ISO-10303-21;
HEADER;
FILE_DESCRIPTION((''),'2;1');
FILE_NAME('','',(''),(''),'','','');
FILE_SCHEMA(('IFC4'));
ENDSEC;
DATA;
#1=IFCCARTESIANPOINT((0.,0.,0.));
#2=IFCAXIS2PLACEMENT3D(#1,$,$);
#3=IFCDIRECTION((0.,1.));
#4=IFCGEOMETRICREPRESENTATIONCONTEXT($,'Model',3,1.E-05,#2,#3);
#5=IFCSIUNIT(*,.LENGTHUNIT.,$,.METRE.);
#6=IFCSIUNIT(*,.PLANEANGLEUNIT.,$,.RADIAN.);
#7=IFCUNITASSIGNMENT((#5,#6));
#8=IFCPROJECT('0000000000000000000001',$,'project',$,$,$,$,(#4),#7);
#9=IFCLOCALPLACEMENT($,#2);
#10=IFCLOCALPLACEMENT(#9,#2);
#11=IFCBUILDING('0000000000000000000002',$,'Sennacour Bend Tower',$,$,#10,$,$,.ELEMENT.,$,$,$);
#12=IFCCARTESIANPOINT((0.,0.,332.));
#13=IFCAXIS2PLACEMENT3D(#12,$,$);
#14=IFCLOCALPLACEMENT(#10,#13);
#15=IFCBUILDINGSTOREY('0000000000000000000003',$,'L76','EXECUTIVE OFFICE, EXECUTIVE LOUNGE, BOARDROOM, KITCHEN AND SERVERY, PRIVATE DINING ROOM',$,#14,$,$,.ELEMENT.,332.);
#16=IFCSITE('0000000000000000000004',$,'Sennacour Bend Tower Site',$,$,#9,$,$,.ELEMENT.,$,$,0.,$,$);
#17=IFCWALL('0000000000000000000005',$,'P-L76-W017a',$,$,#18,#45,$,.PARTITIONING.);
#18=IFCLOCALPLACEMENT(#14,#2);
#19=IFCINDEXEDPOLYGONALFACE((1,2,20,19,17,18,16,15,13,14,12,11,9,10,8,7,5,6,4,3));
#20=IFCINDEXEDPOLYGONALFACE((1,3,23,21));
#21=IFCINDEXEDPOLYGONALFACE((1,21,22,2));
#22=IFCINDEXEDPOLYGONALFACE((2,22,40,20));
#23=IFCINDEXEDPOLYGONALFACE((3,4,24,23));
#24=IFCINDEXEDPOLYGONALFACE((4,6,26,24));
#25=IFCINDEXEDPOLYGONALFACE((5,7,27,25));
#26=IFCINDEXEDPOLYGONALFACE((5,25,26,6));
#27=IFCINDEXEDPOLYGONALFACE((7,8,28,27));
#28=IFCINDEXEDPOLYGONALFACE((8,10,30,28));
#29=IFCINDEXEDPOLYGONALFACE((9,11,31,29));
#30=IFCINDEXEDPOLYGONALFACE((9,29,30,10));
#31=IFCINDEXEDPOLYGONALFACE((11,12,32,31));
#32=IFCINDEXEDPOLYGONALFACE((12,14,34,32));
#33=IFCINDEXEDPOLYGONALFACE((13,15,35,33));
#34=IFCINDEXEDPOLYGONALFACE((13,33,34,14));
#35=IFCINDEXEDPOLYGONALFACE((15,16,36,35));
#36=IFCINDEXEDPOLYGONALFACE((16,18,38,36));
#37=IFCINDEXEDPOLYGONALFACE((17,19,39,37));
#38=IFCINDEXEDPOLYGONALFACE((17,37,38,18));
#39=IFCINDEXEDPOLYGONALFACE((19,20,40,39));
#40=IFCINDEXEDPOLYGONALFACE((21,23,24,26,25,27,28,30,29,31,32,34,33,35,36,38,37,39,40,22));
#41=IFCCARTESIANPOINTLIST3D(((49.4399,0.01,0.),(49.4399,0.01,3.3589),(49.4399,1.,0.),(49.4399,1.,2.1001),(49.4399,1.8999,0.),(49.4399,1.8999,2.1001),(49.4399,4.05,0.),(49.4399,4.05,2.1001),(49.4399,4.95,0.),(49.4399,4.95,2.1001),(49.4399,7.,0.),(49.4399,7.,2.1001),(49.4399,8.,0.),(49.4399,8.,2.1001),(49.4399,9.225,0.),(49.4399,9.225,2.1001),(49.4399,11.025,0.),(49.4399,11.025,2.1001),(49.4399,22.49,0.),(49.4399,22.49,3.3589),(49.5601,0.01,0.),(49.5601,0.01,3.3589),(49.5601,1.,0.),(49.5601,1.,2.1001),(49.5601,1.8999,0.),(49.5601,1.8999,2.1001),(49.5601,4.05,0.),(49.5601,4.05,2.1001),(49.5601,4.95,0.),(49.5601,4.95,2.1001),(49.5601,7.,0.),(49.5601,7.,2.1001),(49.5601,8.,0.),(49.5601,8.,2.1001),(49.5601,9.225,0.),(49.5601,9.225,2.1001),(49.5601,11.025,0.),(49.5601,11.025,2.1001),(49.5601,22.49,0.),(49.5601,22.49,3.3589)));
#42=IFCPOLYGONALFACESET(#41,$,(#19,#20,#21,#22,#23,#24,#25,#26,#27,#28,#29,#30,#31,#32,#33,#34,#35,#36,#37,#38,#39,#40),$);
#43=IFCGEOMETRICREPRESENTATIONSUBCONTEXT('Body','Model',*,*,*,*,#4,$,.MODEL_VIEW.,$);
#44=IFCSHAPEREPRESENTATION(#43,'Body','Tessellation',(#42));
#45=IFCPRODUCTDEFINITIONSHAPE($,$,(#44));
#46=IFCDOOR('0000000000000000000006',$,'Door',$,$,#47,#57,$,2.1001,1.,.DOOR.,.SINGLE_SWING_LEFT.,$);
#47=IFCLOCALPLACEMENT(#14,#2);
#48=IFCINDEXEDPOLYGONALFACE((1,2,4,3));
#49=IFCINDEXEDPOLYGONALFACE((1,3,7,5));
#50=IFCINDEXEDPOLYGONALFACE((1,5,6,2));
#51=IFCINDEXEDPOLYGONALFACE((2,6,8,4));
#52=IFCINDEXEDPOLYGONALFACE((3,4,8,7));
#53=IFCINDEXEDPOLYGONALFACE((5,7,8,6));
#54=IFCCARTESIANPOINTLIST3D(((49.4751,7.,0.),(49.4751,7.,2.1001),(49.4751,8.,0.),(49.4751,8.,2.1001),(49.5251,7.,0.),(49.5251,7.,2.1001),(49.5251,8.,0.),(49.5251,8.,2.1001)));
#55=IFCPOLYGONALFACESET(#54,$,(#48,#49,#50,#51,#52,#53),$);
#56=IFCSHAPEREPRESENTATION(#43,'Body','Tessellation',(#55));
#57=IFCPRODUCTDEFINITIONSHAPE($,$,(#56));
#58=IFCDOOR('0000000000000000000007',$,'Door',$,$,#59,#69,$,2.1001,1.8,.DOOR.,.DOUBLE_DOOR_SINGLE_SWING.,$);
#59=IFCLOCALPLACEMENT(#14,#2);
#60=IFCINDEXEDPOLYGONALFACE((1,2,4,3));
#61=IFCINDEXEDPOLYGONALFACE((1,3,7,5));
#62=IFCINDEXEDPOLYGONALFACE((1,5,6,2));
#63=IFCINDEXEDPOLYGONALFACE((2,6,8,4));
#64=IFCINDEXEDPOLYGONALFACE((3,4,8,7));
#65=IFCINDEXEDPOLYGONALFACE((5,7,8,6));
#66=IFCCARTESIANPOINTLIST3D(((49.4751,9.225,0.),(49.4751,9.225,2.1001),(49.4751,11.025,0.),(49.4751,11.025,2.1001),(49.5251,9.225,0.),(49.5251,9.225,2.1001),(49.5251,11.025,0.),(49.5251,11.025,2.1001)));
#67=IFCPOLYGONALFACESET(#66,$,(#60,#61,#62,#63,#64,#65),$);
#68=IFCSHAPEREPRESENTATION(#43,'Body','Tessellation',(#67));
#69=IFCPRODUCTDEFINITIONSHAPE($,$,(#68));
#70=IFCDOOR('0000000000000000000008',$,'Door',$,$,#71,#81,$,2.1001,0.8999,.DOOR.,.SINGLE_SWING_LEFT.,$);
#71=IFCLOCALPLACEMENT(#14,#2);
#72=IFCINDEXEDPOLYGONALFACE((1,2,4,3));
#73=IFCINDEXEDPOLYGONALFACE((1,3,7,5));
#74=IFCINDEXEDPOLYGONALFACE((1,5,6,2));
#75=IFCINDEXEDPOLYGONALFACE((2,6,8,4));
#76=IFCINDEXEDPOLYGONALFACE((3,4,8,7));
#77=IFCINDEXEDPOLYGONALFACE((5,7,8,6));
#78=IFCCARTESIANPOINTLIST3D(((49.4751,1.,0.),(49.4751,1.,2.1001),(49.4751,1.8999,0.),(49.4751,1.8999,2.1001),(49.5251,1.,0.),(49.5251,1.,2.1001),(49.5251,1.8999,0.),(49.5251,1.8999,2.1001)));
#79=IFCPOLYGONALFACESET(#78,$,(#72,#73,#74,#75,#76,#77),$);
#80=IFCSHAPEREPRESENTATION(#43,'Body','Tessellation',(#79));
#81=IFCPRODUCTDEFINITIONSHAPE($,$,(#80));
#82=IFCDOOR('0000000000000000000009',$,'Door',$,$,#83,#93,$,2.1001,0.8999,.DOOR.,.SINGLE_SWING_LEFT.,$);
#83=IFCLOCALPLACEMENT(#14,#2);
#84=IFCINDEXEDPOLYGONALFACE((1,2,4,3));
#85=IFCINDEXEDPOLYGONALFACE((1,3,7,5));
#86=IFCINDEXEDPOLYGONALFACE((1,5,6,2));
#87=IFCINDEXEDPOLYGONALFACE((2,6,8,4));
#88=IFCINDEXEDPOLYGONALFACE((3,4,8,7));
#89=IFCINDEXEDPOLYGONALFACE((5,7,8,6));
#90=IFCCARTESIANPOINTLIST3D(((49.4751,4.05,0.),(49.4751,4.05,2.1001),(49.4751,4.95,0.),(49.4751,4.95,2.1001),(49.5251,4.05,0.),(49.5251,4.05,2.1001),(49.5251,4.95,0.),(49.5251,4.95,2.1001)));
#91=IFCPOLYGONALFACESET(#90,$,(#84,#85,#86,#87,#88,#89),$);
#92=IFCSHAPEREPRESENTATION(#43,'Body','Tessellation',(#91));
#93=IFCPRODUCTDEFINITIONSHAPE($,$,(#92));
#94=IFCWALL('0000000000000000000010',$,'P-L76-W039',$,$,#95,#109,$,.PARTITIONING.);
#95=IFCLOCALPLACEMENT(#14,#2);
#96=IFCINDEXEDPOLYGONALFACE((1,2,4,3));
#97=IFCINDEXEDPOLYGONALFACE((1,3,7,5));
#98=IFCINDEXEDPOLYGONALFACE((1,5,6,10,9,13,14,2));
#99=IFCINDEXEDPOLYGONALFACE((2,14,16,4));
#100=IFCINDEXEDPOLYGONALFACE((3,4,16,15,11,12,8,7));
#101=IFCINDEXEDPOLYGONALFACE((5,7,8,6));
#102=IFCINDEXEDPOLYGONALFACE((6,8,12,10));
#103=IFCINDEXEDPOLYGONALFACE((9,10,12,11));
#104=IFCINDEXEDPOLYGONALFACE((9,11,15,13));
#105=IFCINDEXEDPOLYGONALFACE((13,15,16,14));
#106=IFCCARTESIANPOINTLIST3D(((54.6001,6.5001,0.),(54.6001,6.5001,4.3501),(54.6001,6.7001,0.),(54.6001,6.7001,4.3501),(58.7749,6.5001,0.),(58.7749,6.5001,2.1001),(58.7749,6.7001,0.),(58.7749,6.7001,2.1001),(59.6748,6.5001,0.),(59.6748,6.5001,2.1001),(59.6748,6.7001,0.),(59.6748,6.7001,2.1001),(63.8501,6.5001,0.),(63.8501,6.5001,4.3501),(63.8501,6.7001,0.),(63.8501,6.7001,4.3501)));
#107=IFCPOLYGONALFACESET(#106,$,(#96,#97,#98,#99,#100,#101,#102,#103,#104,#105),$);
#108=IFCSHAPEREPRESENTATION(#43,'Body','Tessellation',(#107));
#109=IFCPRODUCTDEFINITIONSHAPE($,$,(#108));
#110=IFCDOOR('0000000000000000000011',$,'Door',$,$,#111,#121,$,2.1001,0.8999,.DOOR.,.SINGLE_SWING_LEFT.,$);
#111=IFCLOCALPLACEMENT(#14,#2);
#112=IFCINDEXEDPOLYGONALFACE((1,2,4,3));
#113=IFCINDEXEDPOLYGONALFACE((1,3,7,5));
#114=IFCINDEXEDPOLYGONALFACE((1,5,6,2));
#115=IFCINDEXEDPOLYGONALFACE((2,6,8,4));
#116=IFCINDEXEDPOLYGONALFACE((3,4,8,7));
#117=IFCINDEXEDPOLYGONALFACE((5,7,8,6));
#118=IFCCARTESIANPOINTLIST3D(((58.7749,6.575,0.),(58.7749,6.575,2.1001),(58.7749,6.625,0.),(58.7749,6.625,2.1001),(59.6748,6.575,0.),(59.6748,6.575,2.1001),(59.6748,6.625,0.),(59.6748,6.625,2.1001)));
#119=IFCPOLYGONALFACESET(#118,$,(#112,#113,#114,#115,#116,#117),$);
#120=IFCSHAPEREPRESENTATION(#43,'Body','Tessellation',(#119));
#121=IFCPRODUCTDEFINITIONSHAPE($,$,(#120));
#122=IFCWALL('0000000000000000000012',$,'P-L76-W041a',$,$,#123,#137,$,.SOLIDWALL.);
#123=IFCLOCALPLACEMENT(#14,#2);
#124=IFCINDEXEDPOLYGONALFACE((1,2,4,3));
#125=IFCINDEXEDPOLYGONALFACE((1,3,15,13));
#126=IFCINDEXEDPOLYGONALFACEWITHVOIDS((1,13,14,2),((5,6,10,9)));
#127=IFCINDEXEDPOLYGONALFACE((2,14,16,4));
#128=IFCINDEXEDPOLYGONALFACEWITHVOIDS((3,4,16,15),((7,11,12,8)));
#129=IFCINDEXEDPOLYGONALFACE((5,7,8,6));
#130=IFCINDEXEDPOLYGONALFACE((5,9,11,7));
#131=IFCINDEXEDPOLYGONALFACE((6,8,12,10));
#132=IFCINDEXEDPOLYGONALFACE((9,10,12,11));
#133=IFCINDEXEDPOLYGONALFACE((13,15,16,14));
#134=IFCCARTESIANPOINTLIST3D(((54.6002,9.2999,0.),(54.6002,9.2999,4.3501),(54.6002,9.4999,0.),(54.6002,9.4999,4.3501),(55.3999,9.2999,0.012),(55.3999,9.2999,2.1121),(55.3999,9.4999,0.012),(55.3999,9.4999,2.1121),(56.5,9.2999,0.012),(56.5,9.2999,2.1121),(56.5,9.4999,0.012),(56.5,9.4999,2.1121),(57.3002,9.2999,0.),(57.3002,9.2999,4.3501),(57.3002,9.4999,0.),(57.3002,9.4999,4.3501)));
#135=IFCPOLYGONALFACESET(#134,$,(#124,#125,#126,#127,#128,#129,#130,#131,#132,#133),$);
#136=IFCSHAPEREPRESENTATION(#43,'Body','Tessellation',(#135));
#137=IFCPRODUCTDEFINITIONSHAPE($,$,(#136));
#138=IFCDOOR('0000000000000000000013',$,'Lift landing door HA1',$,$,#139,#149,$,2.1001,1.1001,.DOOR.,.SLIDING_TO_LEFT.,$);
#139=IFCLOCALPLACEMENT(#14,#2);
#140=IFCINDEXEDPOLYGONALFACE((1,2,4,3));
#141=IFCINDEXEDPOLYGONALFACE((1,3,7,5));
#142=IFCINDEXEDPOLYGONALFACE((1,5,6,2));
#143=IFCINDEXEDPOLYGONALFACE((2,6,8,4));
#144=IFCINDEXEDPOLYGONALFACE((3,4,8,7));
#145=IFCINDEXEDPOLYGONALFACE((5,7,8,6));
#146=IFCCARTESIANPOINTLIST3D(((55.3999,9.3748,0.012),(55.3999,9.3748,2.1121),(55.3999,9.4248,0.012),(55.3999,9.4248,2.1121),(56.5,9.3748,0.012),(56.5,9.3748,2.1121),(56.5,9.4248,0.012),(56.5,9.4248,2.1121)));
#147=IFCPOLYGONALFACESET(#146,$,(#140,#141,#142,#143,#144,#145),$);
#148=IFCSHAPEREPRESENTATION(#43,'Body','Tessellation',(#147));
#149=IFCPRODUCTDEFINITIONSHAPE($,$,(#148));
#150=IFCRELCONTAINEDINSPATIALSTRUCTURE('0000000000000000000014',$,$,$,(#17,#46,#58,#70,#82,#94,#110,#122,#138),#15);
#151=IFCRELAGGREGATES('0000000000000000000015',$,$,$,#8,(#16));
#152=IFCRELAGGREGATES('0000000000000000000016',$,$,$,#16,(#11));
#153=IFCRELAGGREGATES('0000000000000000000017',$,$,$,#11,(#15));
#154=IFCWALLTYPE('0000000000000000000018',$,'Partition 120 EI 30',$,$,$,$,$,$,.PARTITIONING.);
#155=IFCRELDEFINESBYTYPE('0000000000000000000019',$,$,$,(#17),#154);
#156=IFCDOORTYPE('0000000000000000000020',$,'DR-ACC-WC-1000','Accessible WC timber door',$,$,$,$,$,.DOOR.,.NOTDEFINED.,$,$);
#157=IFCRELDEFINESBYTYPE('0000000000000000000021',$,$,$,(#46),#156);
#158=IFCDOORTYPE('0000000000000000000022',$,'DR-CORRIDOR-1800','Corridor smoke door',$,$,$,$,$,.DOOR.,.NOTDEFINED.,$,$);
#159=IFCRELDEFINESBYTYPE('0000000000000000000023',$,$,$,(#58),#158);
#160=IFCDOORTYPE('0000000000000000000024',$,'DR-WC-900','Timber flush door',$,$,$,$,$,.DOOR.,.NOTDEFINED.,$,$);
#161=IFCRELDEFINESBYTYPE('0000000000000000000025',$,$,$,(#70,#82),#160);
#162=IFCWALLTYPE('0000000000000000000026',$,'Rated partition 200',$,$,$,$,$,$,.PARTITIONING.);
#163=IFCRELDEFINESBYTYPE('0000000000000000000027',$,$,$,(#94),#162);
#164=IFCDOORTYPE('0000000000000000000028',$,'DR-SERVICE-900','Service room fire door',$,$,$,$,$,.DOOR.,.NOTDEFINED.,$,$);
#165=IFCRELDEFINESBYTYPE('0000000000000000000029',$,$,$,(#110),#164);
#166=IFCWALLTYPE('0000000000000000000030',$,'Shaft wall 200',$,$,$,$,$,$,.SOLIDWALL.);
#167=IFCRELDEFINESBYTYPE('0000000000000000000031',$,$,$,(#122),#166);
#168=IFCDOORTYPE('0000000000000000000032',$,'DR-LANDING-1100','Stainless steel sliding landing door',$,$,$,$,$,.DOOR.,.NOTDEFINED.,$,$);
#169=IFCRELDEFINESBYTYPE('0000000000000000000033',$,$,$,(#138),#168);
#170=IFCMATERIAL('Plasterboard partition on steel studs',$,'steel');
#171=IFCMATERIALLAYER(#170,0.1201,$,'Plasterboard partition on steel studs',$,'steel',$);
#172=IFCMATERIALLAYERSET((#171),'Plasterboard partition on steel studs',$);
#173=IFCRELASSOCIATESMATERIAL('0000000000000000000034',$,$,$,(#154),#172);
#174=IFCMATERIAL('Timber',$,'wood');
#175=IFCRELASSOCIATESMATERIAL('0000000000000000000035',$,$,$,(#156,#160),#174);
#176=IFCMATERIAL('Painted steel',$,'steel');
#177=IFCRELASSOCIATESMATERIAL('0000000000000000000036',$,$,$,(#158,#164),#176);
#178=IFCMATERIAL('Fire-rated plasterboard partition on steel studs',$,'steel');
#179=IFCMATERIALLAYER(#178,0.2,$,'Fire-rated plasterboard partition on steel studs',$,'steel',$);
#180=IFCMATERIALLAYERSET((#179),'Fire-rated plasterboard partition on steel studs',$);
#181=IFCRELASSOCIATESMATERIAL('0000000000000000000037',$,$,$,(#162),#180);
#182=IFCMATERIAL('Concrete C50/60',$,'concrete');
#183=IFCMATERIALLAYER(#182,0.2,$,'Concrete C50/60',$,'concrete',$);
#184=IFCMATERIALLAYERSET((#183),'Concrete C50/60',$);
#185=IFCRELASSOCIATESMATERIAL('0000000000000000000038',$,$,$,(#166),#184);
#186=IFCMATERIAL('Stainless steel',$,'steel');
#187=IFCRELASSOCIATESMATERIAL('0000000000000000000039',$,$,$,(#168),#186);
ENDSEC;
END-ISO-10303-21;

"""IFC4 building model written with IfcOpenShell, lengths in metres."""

from ifc_helpers import new_model, si_unit, direction, frame, frame_2d, origin, place, context, subcontext, project, spatial, rectangle, extrude, material, layer, layer_set, type_object, element, fill, save


model = new_model("IFC4")

# Units and contexts
model_context = context("Model", 3, precision=1e-05, world=origin(), true_north=direction((0.0, 1.0)))
body_context = subcontext(model_context, "Body", "Model", "MODEL_VIEW")
ifc_project = project(units=[si_unit("LENGTHUNIT", "METRE"), si_unit("PLANEANGLEUNIT", "RADIAN")], contexts=[model_context])

# Site, building, storey
site_placement = place(None, origin())
site = spatial("IfcSite", under=ifc_project, at=site_placement, Name="Sennacour Bend Tower Site", CompositionType="ELEMENT", RefElevation=0.0)
building_placement = place(site_placement, origin())
building = spatial("IfcBuilding", under=site, at=building_placement, Name="Sennacour Bend Tower", CompositionType="ELEMENT")
storey_placement = place(building_placement, frame((0.0, 0.0, 332.0)))
storey = spatial("IfcBuildingStorey", under=building, at=storey_placement, Name="L76", Description="EXECUTIVE OFFICE, EXECUTIVE LOUNGE, BOARDROOM, KITCHEN AND SERVERY, PRIVATE DINING ROOM", CompositionType="ELEMENT", Elevation=332.0)

# Shared definitions
ifc_material_1 = material(Name="Concrete C50/60", Category="concrete")
ifc_material_2 = material(Name="Painted steel", Category="steel")

# Shared definitions
ifc_material_3 = material(Name="Plasterboard partition on steel studs", Category="steel")

# Wall, openings, doors
ifc_layer_1 = layer(ifc_material_3, 0.1201, Name="Plasterboard partition on steel studs", Category="steel")
ifc_layer_set_1 = layer_set([ifc_layer_1], Name="Plasterboard partition on steel studs")
wall_type_1 = type_object("IfcWallType", Name="Partition 120 EI 30", PredefinedType="PARTITIONING", material=ifc_layer_set_1)
wall_1_placement = place(storey_placement, frame((49.5, 0.01, 0.0), z_axis=(0.0, 0.0, 1.0), x_axis=(0.0, 1.0, 0.0)))
wall_1 = element("IfcWall", 1, at=wall_1_placement, inside=storey, type_object=wall_type_1, Name="P-L76-W017a", PredefinedType="PARTITIONING", context=body_context, shape_type="SweptSolid", body=[
    extrude(rectangle(XDim=22.48, YDim=0.1201, at=frame_2d((11.24, 0.0))), origin(), (0.0, 0.0, 1.0), 3.3589),
])
opening_1_placement = place(wall_1_placement, frame((9.2151, 0.0, 0.0)))
opening_1 = element("IfcOpeningElement", 2, at=opening_1_placement, cuts=wall_1, PredefinedType="OPENING", context=body_context, shape_type="SweptSolid", body=[
    extrude(rectangle(XDim=1.8, YDim=2.1001, at=frame_2d((0.8999, 1.05))), frame((0.0, 0.0701, 0.0), z_axis=(0.0, -1.0, 0.0), x_axis=(1.0, 0.0, 0.0)), (0.0, 0.0, 1.0), 0.1401),
])
opening_2_placement = place(wall_1_placement, frame((0.99, 0.0, 0.0)))
opening_2 = element("IfcOpeningElement", 3, at=opening_2_placement, cuts=wall_1, PredefinedType="OPENING", context=body_context, shape_type="SweptSolid", body=[
    extrude(rectangle(XDim=0.8999, YDim=2.1001, at=frame_2d((0.45, 1.05))), frame((0.0, 0.0701, 0.0), z_axis=(0.0, -1.0, 0.0), x_axis=(1.0, 0.0, 0.0)), (0.0, 0.0, 1.0), 0.1401),
])
opening_3_placement = place(wall_1_placement, frame((4.04, 0.0, 0.0)))
opening_3 = element("IfcOpeningElement", 4, at=opening_3_placement, cuts=wall_1, PredefinedType="OPENING", context=body_context, shape_type="SweptSolid", body=[
    extrude(rectangle(XDim=0.8999, YDim=2.1001, at=frame_2d((0.45, 1.05))), frame((0.0, 0.0701, 0.0), z_axis=(0.0, -1.0, 0.0), x_axis=(1.0, 0.0, 0.0)), (0.0, 0.0, 1.0), 0.1401),
])
opening_4_placement = place(wall_1_placement, frame((6.99, 0.0, 0.0)))
opening_4 = element("IfcOpeningElement", 5, at=opening_4_placement, cuts=wall_1, PredefinedType="OPENING", context=body_context, shape_type="SweptSolid", body=[
    extrude(rectangle(XDim=1.0, YDim=2.1001, at=frame_2d((0.5, 1.05))), frame((0.0, 0.0701, 0.0), z_axis=(0.0, -1.0, 0.0), x_axis=(1.0, 0.0, 0.0)), (0.0, 0.0, 1.0), 0.1401),
])
ifc_material_4 = material(Name="Timber", Category="wood")
door_type_1 = type_object("IfcDoorType", Name="DR-ACC-WC-1000", Description="Accessible WC timber door", OperationType="NOTDEFINED", PredefinedType="DOOR", material=ifc_material_4)
door_1_placement = place(opening_4_placement, origin())
door_1 = element("IfcDoor", 6, at=door_1_placement, inside=storey, type_object=door_type_1, Name="Door", OperationType="SINGLE_SWING_LEFT", OverallHeight=2.1001, OverallWidth=1.0, PredefinedType="DOOR", context=body_context, shape_type="SweptSolid", body=[
    extrude(rectangle(XDim=1.0, YDim=2.1001, at=frame_2d((0.5, 1.05))), frame((0.0, 0.0249, 0.0), z_axis=(0.0, -1.0, 0.0), x_axis=(1.0, 0.0, 0.0)), (0.0, 0.0, 1.0), 0.05),
])
fill(opening_4, door_1)
door_type_2 = type_object("IfcDoorType", Name="DR-CORRIDOR-1800", Description="Corridor smoke door", OperationType="NOTDEFINED", PredefinedType="DOOR", material=ifc_material_2)
door_2_placement = place(opening_1_placement, origin())
door_2 = element("IfcDoor", 7, at=door_2_placement, inside=storey, type_object=door_type_2, Name="Door", OperationType="DOUBLE_DOOR_SINGLE_SWING", OverallHeight=2.1001, OverallWidth=1.8, PredefinedType="DOOR", context=body_context, shape_type="SweptSolid", body=[
    extrude(rectangle(XDim=1.8, YDim=2.1001, at=frame_2d((0.8999, 1.05))), frame((0.0, 0.0249, 0.0), z_axis=(0.0, -1.0, 0.0), x_axis=(1.0, 0.0, 0.0)), (0.0, 0.0, 1.0), 0.05),
])
fill(opening_1, door_2)
door_type_3 = type_object("IfcDoorType", Name="DR-WC-900", Description="Timber flush door", OperationType="NOTDEFINED", PredefinedType="DOOR", material=ifc_material_4)
door_3_placement = place(opening_2_placement, origin())
door_3 = element("IfcDoor", 8, at=door_3_placement, inside=storey, type_object=door_type_3, Name="Door", OperationType="SINGLE_SWING_LEFT", OverallHeight=2.1001, OverallWidth=0.8999, PredefinedType="DOOR", context=body_context, shape_type="SweptSolid", body=[
    extrude(rectangle(XDim=0.8999, YDim=2.1001, at=frame_2d((0.45, 1.05))), frame((0.0, 0.0249, 0.0), z_axis=(0.0, -1.0, 0.0), x_axis=(1.0, 0.0, 0.0)), (0.0, 0.0, 1.0), 0.05),
])
fill(opening_2, door_3)
door_4_placement = place(opening_3_placement, origin())
door_4 = element("IfcDoor", 9, at=door_4_placement, inside=storey, type_object=door_type_3, Name="Door", OperationType="SINGLE_SWING_LEFT", OverallHeight=2.1001, OverallWidth=0.8999, PredefinedType="DOOR", context=body_context, shape_type="SweptSolid", body=[
    extrude(rectangle(XDim=0.8999, YDim=2.1001, at=frame_2d((0.45, 1.05))), frame((0.0, 0.0249, 0.0), z_axis=(0.0, -1.0, 0.0), x_axis=(1.0, 0.0, 0.0)), (0.0, 0.0, 1.0), 0.05),
])
fill(opening_3, door_4)

# Walls, openings, doors
ifc_material_5 = material(Name="Fire-rated plasterboard partition on steel studs", Category="steel")
ifc_layer_2 = layer(ifc_material_5, 0.2, Name="Fire-rated plasterboard partition on steel studs", Category="steel")
ifc_layer_set_2 = layer_set([ifc_layer_2], Name="Fire-rated plasterboard partition on steel studs")
wall_type_2 = type_object("IfcWallType", Name="Rated partition 200", PredefinedType="PARTITIONING", material=ifc_layer_set_2)
wall_2_placement = place(storey_placement, frame((54.6001, 6.6001, 0.0), z_axis=(0.0, 0.0, 1.0), x_axis=(1.0, 0.0, 0.0)))
wall_2 = element("IfcWall", 10, at=wall_2_placement, inside=storey, type_object=wall_type_2, Name="P-L76-W039", PredefinedType="PARTITIONING", context=body_context, shape_type="SweptSolid", body=[
    extrude(rectangle(XDim=9.25, YDim=0.2, at=frame_2d((4.625, 0.0))), origin(), (0.0, 0.0, 1.0), 4.3501),
])
opening_5_placement = place(wall_2_placement, frame((4.1748, 0.0, 0.0)))
opening_5 = element("IfcOpeningElement", 11, at=opening_5_placement, cuts=wall_2, PredefinedType="OPENING", context=body_context, shape_type="SweptSolid", body=[
    extrude(rectangle(XDim=0.8999, YDim=2.1001, at=frame_2d((0.45, 1.05))), frame((0.0, 0.1099, 0.0), z_axis=(0.0, -1.0, 0.0), x_axis=(1.0, 0.0, 0.0)), (0.0, 0.0, 1.0), 0.22),
])
door_type_4 = type_object("IfcDoorType", Name="DR-SERVICE-900", Description="Service room fire door", OperationType="NOTDEFINED", PredefinedType="DOOR", material=ifc_material_2)
door_5_placement = place(opening_5_placement, origin())
door_5 = element("IfcDoor", 12, at=door_5_placement, inside=storey, type_object=door_type_4, Name="Door", OperationType="SINGLE_SWING_LEFT", OverallHeight=2.1001, OverallWidth=0.8999, PredefinedType="DOOR", context=body_context, shape_type="SweptSolid", body=[
    extrude(rectangle(XDim=0.8999, YDim=2.1001, at=frame_2d((0.45, 1.05))), frame((0.0, 0.0249, 0.0), z_axis=(0.0, -1.0, 0.0), x_axis=(1.0, 0.0, 0.0)), (0.0, 0.0, 1.0), 0.05),
])
fill(opening_5, door_5)
ifc_layer_3 = layer(ifc_material_1, 0.2, Name="Concrete C50/60", Category="concrete")
ifc_layer_set_3 = layer_set([ifc_layer_3], Name="Concrete C50/60")
wall_type_3 = type_object("IfcWallType", Name="Shaft wall 200", PredefinedType="SOLIDWALL", material=ifc_layer_set_3)
wall_3_placement = place(storey_placement, frame((54.6001, 9.3999, 0.0), z_axis=(0.0, 0.0, 1.0), x_axis=(1.0, 0.0, 0.0)))
wall_3 = element("IfcWall", 13, at=wall_3_placement, inside=storey, type_object=wall_type_3, Name="P-L76-W041a", PredefinedType="SOLIDWALL", context=body_context, shape_type="SweptSolid", body=[
    extrude(rectangle(XDim=2.7, YDim=0.2, at=frame_2d((1.3501, 0.0))), origin(), (0.0, 0.0, 1.0), 4.3501),
])
opening_6_placement = place(wall_3_placement, frame((0.7998, 0.0, 0.012)))
opening_6 = element("IfcOpeningElement", 14, at=opening_6_placement, cuts=wall_3, PredefinedType="OPENING", context=body_context, shape_type="SweptSolid", body=[
    extrude(rectangle(XDim=1.1001, YDim=2.1001, at=frame_2d((0.55, 1.05))), frame((0.0, 0.1099, 0.0), z_axis=(0.0, -1.0, 0.0), x_axis=(1.0, 0.0, 0.0)), (0.0, 0.0, 1.0), 0.22),
])
ifc_material_6 = material(Name="Stainless steel", Category="steel")
door_type_5 = type_object("IfcDoorType", Name="DR-LANDING-1100", Description="Stainless steel sliding landing door", OperationType="NOTDEFINED", PredefinedType="DOOR", material=ifc_material_6)
door_6_placement = place(opening_6_placement, origin())
door_6 = element("IfcDoor", 15, at=door_6_placement, inside=storey, type_object=door_type_5, Name="Lift landing door HA1", OperationType="SLIDING_TO_LEFT", OverallHeight=2.1001, OverallWidth=1.1001, PredefinedType="DOOR", context=body_context, shape_type="SweptSolid", body=[
    extrude(rectangle(XDim=1.1001, YDim=2.1001, at=frame_2d((0.55, 1.05))), frame((0.0, 0.0249, 0.0), z_axis=(0.0, -1.0, 0.0), x_axis=(1.0, 0.0, 0.0)), (0.0, 0.0, 1.0), 0.05),
])
fill(opening_6, door_6)

save(model, "model.ifc")
